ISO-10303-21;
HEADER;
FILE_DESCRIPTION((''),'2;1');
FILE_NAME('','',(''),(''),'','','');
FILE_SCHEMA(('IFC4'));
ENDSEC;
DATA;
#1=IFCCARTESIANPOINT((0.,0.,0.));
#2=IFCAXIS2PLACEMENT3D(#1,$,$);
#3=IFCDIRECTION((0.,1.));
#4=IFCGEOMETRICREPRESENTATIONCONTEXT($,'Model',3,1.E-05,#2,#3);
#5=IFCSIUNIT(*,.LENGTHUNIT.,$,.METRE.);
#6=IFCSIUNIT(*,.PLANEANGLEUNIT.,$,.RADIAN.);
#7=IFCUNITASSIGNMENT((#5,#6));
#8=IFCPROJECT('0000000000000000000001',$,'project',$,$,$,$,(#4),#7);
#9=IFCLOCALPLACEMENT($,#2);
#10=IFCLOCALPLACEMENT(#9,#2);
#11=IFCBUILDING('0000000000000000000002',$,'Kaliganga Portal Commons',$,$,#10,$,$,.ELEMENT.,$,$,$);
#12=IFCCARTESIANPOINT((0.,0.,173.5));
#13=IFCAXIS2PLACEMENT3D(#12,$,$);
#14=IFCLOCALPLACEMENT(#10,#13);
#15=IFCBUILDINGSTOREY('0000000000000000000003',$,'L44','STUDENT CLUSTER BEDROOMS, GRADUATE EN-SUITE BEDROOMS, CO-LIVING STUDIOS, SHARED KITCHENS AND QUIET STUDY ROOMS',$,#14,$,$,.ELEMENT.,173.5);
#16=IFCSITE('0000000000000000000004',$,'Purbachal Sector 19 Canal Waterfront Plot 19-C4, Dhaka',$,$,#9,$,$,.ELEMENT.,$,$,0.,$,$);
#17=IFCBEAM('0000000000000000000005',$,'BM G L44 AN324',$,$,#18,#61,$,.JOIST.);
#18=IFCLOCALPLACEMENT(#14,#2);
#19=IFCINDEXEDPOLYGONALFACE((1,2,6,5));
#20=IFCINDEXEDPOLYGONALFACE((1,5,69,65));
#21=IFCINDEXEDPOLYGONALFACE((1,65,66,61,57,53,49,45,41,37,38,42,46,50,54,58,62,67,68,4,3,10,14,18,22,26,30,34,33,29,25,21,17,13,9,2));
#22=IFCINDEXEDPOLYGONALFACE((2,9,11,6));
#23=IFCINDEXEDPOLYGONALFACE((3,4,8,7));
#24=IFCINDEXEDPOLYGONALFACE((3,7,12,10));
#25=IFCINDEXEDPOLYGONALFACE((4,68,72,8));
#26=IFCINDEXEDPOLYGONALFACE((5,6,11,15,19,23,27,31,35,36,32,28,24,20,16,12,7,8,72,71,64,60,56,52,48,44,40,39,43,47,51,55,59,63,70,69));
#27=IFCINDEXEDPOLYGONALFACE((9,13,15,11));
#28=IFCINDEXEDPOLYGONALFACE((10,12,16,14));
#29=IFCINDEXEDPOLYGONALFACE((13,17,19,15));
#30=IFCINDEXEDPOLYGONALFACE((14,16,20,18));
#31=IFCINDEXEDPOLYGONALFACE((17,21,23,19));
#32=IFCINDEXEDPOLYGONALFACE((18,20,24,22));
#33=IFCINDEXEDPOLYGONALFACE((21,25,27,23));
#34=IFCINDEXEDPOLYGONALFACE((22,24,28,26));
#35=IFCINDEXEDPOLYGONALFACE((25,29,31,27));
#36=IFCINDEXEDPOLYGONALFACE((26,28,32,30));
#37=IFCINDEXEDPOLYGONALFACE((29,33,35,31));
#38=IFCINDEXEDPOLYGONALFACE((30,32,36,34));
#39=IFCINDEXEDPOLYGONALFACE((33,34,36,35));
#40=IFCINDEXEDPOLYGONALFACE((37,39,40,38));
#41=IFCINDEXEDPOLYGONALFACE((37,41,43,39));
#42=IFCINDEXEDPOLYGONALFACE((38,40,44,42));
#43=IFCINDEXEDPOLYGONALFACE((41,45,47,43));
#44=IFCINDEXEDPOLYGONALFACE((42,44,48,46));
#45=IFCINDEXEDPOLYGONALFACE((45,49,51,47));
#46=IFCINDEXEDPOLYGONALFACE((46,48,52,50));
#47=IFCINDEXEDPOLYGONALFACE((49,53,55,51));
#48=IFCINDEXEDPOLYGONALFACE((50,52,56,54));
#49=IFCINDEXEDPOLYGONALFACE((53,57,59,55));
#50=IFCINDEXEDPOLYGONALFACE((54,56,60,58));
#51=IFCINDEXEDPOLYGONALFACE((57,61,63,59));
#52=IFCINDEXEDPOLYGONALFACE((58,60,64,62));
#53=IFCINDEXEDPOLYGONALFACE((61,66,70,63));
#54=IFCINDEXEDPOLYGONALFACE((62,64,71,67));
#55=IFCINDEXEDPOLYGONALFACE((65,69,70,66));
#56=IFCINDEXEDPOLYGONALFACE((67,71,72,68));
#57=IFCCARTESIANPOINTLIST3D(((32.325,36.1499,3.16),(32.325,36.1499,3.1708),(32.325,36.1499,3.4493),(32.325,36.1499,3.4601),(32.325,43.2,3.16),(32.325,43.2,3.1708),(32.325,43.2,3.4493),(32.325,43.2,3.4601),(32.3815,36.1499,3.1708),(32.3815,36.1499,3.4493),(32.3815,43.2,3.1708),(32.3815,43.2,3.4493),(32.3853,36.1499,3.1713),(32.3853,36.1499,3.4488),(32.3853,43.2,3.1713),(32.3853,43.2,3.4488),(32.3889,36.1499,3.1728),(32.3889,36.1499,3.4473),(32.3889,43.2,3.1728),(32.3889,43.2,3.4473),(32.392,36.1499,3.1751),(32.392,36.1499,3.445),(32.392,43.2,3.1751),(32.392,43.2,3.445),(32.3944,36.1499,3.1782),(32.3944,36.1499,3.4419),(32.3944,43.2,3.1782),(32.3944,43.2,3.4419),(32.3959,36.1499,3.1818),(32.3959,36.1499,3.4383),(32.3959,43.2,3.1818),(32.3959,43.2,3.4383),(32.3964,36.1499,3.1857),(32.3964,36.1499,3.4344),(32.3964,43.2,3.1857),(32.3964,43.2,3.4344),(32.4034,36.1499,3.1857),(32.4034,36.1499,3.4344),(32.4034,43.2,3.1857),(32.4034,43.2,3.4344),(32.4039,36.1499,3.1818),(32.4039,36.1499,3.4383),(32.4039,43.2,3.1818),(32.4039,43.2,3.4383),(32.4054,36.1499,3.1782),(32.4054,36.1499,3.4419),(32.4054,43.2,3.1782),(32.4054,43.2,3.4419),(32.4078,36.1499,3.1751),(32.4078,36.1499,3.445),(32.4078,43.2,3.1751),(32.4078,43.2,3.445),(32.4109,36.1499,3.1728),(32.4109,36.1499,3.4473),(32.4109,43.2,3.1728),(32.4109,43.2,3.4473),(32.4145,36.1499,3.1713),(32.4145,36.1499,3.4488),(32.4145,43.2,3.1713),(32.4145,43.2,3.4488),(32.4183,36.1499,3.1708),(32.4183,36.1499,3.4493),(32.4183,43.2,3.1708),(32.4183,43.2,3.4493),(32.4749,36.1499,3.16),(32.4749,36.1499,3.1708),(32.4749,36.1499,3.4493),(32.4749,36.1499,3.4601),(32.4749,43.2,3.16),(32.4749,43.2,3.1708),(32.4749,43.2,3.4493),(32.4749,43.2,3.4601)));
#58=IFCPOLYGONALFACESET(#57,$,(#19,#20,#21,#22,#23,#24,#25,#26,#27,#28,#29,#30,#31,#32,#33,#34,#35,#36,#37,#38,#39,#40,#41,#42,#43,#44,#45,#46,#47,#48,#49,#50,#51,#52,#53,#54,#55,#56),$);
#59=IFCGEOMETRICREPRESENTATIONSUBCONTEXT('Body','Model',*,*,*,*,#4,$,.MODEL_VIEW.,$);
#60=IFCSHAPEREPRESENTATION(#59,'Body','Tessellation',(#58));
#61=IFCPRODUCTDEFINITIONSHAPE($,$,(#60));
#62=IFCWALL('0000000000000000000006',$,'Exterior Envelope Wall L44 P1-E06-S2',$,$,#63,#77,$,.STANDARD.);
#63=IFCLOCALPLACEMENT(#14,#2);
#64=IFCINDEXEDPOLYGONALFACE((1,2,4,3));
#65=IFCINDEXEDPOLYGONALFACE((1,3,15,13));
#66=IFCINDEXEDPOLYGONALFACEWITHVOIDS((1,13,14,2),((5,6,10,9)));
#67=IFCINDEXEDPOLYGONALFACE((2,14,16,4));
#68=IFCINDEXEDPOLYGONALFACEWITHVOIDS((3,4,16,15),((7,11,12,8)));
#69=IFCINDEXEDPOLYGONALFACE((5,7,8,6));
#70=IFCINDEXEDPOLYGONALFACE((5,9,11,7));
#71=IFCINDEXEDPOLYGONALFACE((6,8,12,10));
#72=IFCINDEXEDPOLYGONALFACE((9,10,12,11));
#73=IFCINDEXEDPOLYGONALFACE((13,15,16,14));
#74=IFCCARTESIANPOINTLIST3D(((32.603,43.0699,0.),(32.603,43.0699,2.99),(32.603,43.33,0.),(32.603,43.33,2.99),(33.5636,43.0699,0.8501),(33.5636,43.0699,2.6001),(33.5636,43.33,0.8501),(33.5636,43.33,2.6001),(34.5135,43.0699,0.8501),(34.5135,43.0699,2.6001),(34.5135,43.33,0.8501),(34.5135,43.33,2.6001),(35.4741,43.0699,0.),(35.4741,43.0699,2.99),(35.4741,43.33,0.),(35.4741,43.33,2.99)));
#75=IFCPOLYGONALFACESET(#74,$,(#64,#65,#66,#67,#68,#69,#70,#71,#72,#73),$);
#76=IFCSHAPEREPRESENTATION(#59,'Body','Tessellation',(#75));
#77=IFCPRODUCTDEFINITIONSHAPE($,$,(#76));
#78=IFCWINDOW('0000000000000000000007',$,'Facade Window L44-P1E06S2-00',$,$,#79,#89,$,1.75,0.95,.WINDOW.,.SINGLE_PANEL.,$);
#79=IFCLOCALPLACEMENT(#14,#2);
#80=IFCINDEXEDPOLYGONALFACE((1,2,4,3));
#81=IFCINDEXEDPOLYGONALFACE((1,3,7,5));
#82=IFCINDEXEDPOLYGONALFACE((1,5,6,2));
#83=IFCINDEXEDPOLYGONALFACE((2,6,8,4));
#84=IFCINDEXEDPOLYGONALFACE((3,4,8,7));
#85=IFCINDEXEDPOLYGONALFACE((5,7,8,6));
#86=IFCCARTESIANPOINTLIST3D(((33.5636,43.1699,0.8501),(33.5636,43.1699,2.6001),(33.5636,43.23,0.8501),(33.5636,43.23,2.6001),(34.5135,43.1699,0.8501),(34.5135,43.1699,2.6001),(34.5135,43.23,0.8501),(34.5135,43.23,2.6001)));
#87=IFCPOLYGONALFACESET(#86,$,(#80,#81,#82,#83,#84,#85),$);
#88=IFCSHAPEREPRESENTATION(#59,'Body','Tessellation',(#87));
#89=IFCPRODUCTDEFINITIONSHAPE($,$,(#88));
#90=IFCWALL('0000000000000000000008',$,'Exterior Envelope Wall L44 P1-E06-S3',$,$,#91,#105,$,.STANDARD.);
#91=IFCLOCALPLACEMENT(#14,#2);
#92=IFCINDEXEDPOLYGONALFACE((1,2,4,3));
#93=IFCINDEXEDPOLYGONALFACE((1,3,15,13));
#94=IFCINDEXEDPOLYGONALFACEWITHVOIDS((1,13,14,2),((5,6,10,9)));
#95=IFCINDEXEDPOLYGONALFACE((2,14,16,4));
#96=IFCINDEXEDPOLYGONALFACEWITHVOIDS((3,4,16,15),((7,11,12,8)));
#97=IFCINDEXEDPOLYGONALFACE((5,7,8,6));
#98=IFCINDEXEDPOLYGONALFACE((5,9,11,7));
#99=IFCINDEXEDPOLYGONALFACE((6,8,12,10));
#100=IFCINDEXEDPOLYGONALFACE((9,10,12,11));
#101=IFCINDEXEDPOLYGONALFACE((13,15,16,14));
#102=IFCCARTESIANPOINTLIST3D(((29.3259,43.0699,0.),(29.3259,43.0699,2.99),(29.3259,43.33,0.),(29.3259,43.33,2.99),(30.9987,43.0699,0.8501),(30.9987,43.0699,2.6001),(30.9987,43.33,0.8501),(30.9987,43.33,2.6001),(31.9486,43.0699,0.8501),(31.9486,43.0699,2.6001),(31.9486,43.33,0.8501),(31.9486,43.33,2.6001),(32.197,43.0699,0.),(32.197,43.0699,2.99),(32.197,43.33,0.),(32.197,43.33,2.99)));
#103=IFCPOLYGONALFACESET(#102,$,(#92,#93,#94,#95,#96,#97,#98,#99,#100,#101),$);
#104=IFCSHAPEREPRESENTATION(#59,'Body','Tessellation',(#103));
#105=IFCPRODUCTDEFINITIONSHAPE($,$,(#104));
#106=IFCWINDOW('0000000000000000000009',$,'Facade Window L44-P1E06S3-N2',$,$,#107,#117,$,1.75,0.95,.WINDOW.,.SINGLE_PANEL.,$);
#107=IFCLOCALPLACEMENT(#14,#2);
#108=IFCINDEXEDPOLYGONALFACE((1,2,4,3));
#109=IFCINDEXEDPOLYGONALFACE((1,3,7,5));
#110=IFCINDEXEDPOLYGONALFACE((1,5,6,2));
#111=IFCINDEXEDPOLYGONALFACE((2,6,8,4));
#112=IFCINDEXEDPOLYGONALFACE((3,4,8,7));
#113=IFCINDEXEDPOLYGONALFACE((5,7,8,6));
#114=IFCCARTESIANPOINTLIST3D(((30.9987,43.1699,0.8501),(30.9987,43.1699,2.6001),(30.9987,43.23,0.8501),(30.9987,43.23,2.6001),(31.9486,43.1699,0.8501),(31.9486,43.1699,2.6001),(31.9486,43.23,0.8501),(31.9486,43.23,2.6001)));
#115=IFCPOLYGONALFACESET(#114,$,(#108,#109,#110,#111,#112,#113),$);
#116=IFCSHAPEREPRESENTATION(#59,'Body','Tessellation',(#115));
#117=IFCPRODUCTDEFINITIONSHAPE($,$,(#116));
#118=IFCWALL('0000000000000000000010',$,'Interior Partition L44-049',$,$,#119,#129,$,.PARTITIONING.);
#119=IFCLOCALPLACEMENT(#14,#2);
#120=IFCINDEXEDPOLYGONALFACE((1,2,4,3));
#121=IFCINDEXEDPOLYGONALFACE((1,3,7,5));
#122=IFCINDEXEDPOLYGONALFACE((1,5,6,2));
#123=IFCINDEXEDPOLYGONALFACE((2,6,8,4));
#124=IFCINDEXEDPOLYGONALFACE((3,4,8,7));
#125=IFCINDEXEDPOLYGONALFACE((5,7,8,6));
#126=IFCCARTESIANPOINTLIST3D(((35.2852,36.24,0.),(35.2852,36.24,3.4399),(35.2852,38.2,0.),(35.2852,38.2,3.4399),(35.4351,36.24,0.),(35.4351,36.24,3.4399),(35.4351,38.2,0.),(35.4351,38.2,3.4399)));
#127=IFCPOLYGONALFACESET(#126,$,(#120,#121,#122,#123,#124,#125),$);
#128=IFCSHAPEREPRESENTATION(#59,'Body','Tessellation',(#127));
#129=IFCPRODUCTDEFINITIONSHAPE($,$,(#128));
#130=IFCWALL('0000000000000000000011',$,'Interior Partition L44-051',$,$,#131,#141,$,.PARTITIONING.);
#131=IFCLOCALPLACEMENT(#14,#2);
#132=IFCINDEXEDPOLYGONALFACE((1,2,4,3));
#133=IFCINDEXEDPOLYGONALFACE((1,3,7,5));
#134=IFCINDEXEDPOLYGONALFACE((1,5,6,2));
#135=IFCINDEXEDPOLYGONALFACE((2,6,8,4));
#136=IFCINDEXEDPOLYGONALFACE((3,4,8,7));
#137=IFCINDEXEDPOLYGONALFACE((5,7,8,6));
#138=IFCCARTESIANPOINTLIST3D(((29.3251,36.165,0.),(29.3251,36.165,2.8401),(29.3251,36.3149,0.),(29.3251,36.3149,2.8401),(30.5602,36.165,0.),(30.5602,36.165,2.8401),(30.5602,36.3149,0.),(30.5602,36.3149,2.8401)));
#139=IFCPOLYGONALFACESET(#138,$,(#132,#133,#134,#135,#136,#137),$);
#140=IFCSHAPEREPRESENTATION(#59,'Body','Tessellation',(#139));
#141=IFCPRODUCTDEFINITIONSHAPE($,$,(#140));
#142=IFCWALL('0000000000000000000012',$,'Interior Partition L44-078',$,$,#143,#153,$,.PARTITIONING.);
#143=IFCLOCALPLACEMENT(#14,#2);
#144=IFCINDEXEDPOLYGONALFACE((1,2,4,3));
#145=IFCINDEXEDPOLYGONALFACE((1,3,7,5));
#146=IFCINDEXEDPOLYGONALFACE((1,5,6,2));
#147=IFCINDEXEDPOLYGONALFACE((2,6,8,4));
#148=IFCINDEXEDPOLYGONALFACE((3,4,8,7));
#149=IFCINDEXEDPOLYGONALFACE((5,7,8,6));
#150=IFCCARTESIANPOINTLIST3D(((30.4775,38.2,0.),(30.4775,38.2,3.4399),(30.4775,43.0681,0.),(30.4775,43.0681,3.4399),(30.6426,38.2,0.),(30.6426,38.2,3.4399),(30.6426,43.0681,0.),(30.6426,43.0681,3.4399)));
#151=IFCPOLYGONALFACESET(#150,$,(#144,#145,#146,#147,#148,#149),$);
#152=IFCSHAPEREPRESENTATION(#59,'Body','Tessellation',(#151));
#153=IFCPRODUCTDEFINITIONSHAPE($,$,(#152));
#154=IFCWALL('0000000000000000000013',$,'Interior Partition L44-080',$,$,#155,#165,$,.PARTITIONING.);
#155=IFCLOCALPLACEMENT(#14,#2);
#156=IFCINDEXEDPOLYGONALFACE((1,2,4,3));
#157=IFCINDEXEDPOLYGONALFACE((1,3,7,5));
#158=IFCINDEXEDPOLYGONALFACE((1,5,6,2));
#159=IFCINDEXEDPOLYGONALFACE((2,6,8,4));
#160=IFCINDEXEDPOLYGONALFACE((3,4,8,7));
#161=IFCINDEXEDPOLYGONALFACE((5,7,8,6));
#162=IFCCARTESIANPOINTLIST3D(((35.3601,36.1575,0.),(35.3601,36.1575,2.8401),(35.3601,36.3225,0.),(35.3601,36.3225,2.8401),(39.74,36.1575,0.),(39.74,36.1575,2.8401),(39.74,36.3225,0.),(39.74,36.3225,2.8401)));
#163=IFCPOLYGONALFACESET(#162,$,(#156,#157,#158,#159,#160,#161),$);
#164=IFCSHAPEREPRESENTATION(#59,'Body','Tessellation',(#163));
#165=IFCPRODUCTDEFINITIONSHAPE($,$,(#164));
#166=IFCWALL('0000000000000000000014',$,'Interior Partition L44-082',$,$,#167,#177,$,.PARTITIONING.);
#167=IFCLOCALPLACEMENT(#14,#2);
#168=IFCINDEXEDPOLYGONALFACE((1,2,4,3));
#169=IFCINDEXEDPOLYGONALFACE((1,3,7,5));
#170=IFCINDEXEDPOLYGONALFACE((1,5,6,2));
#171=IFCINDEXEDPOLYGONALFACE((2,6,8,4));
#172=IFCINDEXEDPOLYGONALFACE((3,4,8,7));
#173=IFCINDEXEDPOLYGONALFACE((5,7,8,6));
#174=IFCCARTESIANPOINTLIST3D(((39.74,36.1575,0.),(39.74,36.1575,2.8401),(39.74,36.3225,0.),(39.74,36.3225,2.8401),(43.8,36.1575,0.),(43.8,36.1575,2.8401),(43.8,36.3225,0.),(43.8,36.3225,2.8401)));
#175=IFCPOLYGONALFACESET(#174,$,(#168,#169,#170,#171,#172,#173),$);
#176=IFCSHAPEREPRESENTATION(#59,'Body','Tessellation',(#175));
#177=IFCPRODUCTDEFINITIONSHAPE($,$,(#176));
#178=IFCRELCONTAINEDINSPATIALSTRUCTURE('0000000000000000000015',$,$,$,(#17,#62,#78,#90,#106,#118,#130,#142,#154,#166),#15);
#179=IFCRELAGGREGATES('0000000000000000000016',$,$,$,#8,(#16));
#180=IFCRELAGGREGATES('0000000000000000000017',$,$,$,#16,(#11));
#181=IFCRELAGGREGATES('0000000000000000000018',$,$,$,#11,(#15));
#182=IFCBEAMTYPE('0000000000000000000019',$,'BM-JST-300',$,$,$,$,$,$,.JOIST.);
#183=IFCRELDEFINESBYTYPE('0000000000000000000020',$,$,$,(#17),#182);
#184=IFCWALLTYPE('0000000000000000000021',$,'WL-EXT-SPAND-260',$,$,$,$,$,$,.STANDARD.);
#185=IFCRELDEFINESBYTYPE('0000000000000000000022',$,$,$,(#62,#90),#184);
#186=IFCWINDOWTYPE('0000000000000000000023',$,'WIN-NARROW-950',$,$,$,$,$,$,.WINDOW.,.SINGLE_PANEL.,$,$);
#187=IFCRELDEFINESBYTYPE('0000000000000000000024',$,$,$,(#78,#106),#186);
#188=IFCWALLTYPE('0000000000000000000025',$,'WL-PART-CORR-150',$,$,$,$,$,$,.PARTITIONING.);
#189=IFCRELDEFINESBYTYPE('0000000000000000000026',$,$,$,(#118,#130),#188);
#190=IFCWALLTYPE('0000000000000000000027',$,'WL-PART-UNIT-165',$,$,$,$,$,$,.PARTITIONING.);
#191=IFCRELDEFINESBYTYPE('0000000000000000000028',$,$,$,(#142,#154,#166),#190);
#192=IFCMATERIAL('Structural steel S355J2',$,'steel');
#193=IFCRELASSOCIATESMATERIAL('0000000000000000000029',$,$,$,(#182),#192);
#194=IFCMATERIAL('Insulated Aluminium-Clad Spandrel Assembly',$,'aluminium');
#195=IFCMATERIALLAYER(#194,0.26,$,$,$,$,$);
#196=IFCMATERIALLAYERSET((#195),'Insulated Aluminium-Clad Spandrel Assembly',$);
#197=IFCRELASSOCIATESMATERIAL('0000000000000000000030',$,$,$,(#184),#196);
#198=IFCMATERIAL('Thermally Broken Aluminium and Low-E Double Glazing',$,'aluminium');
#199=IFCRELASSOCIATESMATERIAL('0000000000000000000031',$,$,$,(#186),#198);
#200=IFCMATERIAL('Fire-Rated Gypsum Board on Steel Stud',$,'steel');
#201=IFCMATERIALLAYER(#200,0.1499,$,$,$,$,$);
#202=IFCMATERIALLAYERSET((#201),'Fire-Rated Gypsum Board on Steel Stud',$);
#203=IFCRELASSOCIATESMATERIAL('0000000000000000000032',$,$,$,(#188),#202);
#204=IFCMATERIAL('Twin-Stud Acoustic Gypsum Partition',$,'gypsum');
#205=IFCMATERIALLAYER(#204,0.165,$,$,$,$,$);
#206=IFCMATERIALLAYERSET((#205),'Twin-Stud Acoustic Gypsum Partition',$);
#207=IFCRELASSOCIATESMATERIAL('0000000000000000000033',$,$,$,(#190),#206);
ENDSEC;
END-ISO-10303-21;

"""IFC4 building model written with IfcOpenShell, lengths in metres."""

from ifc_helpers import new_model, si_unit, direction, frame, frame_2d, origin, origin_2d, place, context, subcontext, project, spatial, rectangle, i_section, extrude, source, transform, mapped, material, layer, layer_set, material_profile, profile_set, type_object, element, fill, save


model = new_model("IFC4")

# Units and contexts
model_context = context("Model", 3, precision=1e-05, world=origin(), true_north=direction((0.0, 1.0)))
body_context = subcontext(model_context, "Body", "Model", "MODEL_VIEW")
ifc_project = project(units=[si_unit("LENGTHUNIT", "METRE"), si_unit("PLANEANGLEUNIT", "RADIAN")], contexts=[model_context])

# Site, building, storey
site_placement = place(None, origin())
site = spatial("IfcSite", under=ifc_project, at=site_placement, Name="Purbachal Sector 19 Canal Waterfront Plot 19-C4, Dhaka", CompositionType="ELEMENT", RefElevation=0.0)
building_placement = place(site_placement, origin())
building = spatial("IfcBuilding", under=site, at=building_placement, Name="Kaliganga Portal Commons", CompositionType="ELEMENT")
storey_placement = place(building_placement, frame((0.0, 0.0, 173.5)))
storey = spatial("IfcBuildingStorey", under=building, at=storey_placement, Name="L44", Description="STUDENT CLUSTER BEDROOMS, GRADUATE EN-SUITE BEDROOMS, CO-LIVING STUDIOS, SHARED KITCHENS AND QUIET STUDY ROOMS", CompositionType="ELEMENT", Elevation=173.5)

# Beam
ifc_material_1 = material(Name="Structural steel S355J2", Category="steel")
ifc_material_profile_1 = material_profile(ifc_material_1, i_section(OverallWidth=0.1499, OverallDepth=0.3, WebThickness=0.0071, FlangeThickness=0.0107, FilletRadius=0.0149, at=origin_2d()), Name="IPE 300")
ifc_profile_set_1 = profile_set([ifc_material_profile_1], Name="Structural steel S355J2 wide-flange")
beam_type_1 = type_object("IfcBeamType", Name="BM-JST-300", PredefinedType="JOIST", material=ifc_profile_set_1)
shared_shape_1 = source(origin(), body_context, "Body", "SweptSolid", [
    extrude(i_section(OverallWidth=0.1499, OverallDepth=0.3, WebThickness=0.0071, FlangeThickness=0.0107, FilletRadius=0.0149, at=origin_2d()), origin(), (0.0, 0.0, 1.0), 7.05),
])
beam_1_placement = place(storey_placement, frame((32.3999, 36.1499, 3.3101), z_axis=(0.0, 1.0, 0.0), x_axis=(-1.0, 0.0, 0.0)))
element("IfcBeam", 1, at=beam_1_placement, inside=storey, type_object=beam_type_1, Name="BM G L44 AN324", PredefinedType="JOIST", context=body_context, shape_type="MappedRepresentation", body=[
    mapped(shared_shape_1, transform((0.0, 0.0, 0.0), x_axis=(1.0, 0.0, 0.0), y_axis=(0.0, 1.0, 0.0), z_axis=(0.0, 0.0, 1.0), scale=1.0)),
])

# Shared definitions
ifc_material_2 = material(Name="Insulated Aluminium-Clad Spandrel Assembly", Category="aluminium")
ifc_layer_1 = layer(ifc_material_2, 0.26)
ifc_layer_set_1 = layer_set([ifc_layer_1], Name="Insulated Aluminium-Clad Spandrel Assembly")
wall_type_1 = type_object("IfcWallType", Name="WL-EXT-SPAND-260", PredefinedType="STANDARD", material=ifc_layer_set_1)
ifc_material_3 = material(Name="Thermally Broken Aluminium and Low-E Double Glazing", Category="aluminium")

# Walls, openings, windows
wall_1_placement = place(storey_placement, frame((32.603, 43.2, 0.0), z_axis=(0.0, 0.0, 1.0), x_axis=(1.0, 0.0, 0.0)))
wall_1 = element("IfcWall", 2, at=wall_1_placement, inside=storey, type_object=wall_type_1, Name="Exterior Envelope Wall L44 P1-E06-S2", PredefinedType="STANDARD", context=body_context, shape_type="SweptSolid", body=[
    extrude(rectangle(XDim=2.8711, YDim=0.26, at=frame_2d((1.4355, 0.0))), origin(), (0.0, 0.0, 1.0), 2.99),
])
opening_1_placement = place(wall_1_placement, frame((0.9604, 0.0, 0.8501)))
opening_1 = element("IfcOpeningElement", 3, at=opening_1_placement, cuts=wall_1, PredefinedType="OPENING", context=body_context, shape_type="SweptSolid", body=[
    extrude(rectangle(XDim=0.95, YDim=1.75, at=frame_2d((0.4751, 0.875))), frame((0.0, 0.1401, 0.0), z_axis=(0.0, -1.0, 0.0), x_axis=(1.0, 0.0, 0.0)), (0.0, 0.0, 1.0), 0.28),
])
window_type_1 = type_object("IfcWindowType", Name="WIN-NARROW-950", PartitioningType="SINGLE_PANEL", PredefinedType="WINDOW", material=ifc_material_3)
window_1_placement = place(opening_1_placement, origin())
window_1 = element("IfcWindow", 4, at=window_1_placement, inside=storey, type_object=window_type_1, Name="Facade Window L44-P1E06S2-00", OverallHeight=1.75, OverallWidth=0.95, PartitioningType="SINGLE_PANEL", PredefinedType="WINDOW", context=body_context, shape_type="SweptSolid", body=[
    extrude(rectangle(XDim=0.95, YDim=1.75, at=frame_2d((0.4751, 0.875))), frame((0.0, 0.03, 0.0), z_axis=(0.0, -1.0, 0.0), x_axis=(1.0, 0.0, 0.0)), (0.0, 0.0, 1.0), 0.0601),
])
fill(opening_1, window_1)
wall_2_placement = place(storey_placement, frame((29.3259, 43.2, 0.0), z_axis=(0.0, 0.0, 1.0), x_axis=(1.0, 0.0, 0.0)))
wall_2 = element("IfcWall", 5, at=wall_2_placement, inside=storey, type_object=wall_type_1, Name="Exterior Envelope Wall L44 P1-E06-S3", PredefinedType="STANDARD", context=body_context, shape_type="SweptSolid", body=[
    extrude(rectangle(XDim=2.8711, YDim=0.26, at=frame_2d((1.4355, 0.0))), origin(), (0.0, 0.0, 1.0), 2.99),
])
opening_2_placement = place(wall_2_placement, frame((1.6726, 0.0, 0.8501)))
opening_2 = element("IfcOpeningElement", 6, at=opening_2_placement, cuts=wall_2, PredefinedType="OPENING", context=body_context, shape_type="SweptSolid", body=[
    extrude(rectangle(XDim=0.95, YDim=1.75, at=frame_2d((0.4751, 0.875))), frame((0.0, 0.1401, 0.0), z_axis=(0.0, -1.0, 0.0), x_axis=(1.0, 0.0, 0.0)), (0.0, 0.0, 1.0), 0.28),
])
window_2_placement = place(opening_2_placement, origin())
window_2 = element("IfcWindow", 7, at=window_2_placement, inside=storey, type_object=window_type_1, Name="Facade Window L44-P1E06S3-N2", OverallHeight=1.75, OverallWidth=0.95, PartitioningType="SINGLE_PANEL", PredefinedType="WINDOW", context=body_context, shape_type="SweptSolid", body=[
    extrude(rectangle(XDim=0.95, YDim=1.75, at=frame_2d((0.4751, 0.875))), frame((0.0, 0.03, 0.0), z_axis=(0.0, -1.0, 0.0), x_axis=(1.0, 0.0, 0.0)), (0.0, 0.0, 1.0), 0.0601),
])
fill(opening_2, window_2)

# Shared definitions
ifc_material_4 = material(Name="Fire-Rated Gypsum Board on Steel Stud", Category="steel")
ifc_layer_2 = layer(ifc_material_4, 0.1499)
ifc_layer_set_2 = layer_set([ifc_layer_2], Name="Fire-Rated Gypsum Board on Steel Stud")
wall_type_2 = type_object("IfcWallType", Name="WL-PART-CORR-150", PredefinedType="PARTITIONING", material=ifc_layer_set_2)

# Walls
wall_3_placement = place(storey_placement, frame((35.3601, 36.24, 0.0), z_axis=(0.0, 0.0, 1.0), x_axis=(0.0, 1.0, 0.0)))
element("IfcWall", 8, at=wall_3_placement, inside=storey, type_object=wall_type_2, Name="Interior Partition L44-049", PredefinedType="PARTITIONING", context=body_context, shape_type="SweptSolid", body=[
    extrude(rectangle(XDim=1.96, YDim=0.1499, at=frame_2d((0.98, 0.0))), origin(), (0.0, 0.0, 1.0), 3.4399),
])
wall_4_placement = place(storey_placement, frame((29.325, 36.24, 0.0), z_axis=(0.0, 0.0, 1.0), x_axis=(1.0, 0.0, 0.0)))
element("IfcWall", 9, at=wall_4_placement, inside=storey, type_object=wall_type_2, Name="Interior Partition L44-051", PredefinedType="PARTITIONING", context=body_context, shape_type="SweptSolid", body=[
    extrude(rectangle(XDim=1.2351, YDim=0.1499, at=frame_2d((0.6177, 0.0))), origin(), (0.0, 0.0, 1.0), 2.8401),
])
ifc_material_5 = material(Name="Twin-Stud Acoustic Gypsum Partition", Category="gypsum")
ifc_layer_3 = layer(ifc_material_5, 0.165)
ifc_layer_set_3 = layer_set([ifc_layer_3], Name="Twin-Stud Acoustic Gypsum Partition")
wall_type_3 = type_object("IfcWallType", Name="WL-PART-UNIT-165", PredefinedType="PARTITIONING", material=ifc_layer_set_3)
wall_5_placement = place(storey_placement, frame((30.5601, 38.2, 0.0), z_axis=(0.0, 0.0, 1.0), x_axis=(0.0, 1.0, 0.0)))
element("IfcWall", 10, at=wall_5_placement, inside=storey, type_object=wall_type_3, Name="Interior Partition L44-078", PredefinedType="PARTITIONING", context=body_context, shape_type="SweptSolid", body=[
    extrude(rectangle(XDim=4.8682, YDim=0.165, at=frame_2d((2.4341, 0.0))), origin(), (0.0, 0.0, 1.0), 3.4399),
])
wall_6_placement = place(storey_placement, frame((35.3601, 36.24, 0.0), z_axis=(0.0, 0.0, 1.0), x_axis=(1.0, 0.0, 0.0)))
element("IfcWall", 11, at=wall_6_placement, inside=storey, type_object=wall_type_3, Name="Interior Partition L44-080", PredefinedType="PARTITIONING", context=body_context, shape_type="SweptSolid", body=[
    extrude(rectangle(XDim=4.3799, YDim=0.165, at=frame_2d((2.1899, 0.0))), origin(), (0.0, 0.0, 1.0), 2.8401),
])
wall_7_placement = place(storey_placement, frame((39.74, 36.24, 0.0), z_axis=(0.0, 0.0, 1.0), x_axis=(1.0, 0.0, 0.0)))
element("IfcWall", 12, at=wall_7_placement, inside=storey, type_object=wall_type_3, Name="Interior Partition L44-082", PredefinedType="PARTITIONING", context=body_context, shape_type="SweptSolid", body=[
    extrude(rectangle(XDim=4.0601, YDim=0.165, at=frame_2d((2.03, 0.0))), origin(), (0.0, 0.0, 1.0), 2.8401),
])

save(model, "model.ifc")
